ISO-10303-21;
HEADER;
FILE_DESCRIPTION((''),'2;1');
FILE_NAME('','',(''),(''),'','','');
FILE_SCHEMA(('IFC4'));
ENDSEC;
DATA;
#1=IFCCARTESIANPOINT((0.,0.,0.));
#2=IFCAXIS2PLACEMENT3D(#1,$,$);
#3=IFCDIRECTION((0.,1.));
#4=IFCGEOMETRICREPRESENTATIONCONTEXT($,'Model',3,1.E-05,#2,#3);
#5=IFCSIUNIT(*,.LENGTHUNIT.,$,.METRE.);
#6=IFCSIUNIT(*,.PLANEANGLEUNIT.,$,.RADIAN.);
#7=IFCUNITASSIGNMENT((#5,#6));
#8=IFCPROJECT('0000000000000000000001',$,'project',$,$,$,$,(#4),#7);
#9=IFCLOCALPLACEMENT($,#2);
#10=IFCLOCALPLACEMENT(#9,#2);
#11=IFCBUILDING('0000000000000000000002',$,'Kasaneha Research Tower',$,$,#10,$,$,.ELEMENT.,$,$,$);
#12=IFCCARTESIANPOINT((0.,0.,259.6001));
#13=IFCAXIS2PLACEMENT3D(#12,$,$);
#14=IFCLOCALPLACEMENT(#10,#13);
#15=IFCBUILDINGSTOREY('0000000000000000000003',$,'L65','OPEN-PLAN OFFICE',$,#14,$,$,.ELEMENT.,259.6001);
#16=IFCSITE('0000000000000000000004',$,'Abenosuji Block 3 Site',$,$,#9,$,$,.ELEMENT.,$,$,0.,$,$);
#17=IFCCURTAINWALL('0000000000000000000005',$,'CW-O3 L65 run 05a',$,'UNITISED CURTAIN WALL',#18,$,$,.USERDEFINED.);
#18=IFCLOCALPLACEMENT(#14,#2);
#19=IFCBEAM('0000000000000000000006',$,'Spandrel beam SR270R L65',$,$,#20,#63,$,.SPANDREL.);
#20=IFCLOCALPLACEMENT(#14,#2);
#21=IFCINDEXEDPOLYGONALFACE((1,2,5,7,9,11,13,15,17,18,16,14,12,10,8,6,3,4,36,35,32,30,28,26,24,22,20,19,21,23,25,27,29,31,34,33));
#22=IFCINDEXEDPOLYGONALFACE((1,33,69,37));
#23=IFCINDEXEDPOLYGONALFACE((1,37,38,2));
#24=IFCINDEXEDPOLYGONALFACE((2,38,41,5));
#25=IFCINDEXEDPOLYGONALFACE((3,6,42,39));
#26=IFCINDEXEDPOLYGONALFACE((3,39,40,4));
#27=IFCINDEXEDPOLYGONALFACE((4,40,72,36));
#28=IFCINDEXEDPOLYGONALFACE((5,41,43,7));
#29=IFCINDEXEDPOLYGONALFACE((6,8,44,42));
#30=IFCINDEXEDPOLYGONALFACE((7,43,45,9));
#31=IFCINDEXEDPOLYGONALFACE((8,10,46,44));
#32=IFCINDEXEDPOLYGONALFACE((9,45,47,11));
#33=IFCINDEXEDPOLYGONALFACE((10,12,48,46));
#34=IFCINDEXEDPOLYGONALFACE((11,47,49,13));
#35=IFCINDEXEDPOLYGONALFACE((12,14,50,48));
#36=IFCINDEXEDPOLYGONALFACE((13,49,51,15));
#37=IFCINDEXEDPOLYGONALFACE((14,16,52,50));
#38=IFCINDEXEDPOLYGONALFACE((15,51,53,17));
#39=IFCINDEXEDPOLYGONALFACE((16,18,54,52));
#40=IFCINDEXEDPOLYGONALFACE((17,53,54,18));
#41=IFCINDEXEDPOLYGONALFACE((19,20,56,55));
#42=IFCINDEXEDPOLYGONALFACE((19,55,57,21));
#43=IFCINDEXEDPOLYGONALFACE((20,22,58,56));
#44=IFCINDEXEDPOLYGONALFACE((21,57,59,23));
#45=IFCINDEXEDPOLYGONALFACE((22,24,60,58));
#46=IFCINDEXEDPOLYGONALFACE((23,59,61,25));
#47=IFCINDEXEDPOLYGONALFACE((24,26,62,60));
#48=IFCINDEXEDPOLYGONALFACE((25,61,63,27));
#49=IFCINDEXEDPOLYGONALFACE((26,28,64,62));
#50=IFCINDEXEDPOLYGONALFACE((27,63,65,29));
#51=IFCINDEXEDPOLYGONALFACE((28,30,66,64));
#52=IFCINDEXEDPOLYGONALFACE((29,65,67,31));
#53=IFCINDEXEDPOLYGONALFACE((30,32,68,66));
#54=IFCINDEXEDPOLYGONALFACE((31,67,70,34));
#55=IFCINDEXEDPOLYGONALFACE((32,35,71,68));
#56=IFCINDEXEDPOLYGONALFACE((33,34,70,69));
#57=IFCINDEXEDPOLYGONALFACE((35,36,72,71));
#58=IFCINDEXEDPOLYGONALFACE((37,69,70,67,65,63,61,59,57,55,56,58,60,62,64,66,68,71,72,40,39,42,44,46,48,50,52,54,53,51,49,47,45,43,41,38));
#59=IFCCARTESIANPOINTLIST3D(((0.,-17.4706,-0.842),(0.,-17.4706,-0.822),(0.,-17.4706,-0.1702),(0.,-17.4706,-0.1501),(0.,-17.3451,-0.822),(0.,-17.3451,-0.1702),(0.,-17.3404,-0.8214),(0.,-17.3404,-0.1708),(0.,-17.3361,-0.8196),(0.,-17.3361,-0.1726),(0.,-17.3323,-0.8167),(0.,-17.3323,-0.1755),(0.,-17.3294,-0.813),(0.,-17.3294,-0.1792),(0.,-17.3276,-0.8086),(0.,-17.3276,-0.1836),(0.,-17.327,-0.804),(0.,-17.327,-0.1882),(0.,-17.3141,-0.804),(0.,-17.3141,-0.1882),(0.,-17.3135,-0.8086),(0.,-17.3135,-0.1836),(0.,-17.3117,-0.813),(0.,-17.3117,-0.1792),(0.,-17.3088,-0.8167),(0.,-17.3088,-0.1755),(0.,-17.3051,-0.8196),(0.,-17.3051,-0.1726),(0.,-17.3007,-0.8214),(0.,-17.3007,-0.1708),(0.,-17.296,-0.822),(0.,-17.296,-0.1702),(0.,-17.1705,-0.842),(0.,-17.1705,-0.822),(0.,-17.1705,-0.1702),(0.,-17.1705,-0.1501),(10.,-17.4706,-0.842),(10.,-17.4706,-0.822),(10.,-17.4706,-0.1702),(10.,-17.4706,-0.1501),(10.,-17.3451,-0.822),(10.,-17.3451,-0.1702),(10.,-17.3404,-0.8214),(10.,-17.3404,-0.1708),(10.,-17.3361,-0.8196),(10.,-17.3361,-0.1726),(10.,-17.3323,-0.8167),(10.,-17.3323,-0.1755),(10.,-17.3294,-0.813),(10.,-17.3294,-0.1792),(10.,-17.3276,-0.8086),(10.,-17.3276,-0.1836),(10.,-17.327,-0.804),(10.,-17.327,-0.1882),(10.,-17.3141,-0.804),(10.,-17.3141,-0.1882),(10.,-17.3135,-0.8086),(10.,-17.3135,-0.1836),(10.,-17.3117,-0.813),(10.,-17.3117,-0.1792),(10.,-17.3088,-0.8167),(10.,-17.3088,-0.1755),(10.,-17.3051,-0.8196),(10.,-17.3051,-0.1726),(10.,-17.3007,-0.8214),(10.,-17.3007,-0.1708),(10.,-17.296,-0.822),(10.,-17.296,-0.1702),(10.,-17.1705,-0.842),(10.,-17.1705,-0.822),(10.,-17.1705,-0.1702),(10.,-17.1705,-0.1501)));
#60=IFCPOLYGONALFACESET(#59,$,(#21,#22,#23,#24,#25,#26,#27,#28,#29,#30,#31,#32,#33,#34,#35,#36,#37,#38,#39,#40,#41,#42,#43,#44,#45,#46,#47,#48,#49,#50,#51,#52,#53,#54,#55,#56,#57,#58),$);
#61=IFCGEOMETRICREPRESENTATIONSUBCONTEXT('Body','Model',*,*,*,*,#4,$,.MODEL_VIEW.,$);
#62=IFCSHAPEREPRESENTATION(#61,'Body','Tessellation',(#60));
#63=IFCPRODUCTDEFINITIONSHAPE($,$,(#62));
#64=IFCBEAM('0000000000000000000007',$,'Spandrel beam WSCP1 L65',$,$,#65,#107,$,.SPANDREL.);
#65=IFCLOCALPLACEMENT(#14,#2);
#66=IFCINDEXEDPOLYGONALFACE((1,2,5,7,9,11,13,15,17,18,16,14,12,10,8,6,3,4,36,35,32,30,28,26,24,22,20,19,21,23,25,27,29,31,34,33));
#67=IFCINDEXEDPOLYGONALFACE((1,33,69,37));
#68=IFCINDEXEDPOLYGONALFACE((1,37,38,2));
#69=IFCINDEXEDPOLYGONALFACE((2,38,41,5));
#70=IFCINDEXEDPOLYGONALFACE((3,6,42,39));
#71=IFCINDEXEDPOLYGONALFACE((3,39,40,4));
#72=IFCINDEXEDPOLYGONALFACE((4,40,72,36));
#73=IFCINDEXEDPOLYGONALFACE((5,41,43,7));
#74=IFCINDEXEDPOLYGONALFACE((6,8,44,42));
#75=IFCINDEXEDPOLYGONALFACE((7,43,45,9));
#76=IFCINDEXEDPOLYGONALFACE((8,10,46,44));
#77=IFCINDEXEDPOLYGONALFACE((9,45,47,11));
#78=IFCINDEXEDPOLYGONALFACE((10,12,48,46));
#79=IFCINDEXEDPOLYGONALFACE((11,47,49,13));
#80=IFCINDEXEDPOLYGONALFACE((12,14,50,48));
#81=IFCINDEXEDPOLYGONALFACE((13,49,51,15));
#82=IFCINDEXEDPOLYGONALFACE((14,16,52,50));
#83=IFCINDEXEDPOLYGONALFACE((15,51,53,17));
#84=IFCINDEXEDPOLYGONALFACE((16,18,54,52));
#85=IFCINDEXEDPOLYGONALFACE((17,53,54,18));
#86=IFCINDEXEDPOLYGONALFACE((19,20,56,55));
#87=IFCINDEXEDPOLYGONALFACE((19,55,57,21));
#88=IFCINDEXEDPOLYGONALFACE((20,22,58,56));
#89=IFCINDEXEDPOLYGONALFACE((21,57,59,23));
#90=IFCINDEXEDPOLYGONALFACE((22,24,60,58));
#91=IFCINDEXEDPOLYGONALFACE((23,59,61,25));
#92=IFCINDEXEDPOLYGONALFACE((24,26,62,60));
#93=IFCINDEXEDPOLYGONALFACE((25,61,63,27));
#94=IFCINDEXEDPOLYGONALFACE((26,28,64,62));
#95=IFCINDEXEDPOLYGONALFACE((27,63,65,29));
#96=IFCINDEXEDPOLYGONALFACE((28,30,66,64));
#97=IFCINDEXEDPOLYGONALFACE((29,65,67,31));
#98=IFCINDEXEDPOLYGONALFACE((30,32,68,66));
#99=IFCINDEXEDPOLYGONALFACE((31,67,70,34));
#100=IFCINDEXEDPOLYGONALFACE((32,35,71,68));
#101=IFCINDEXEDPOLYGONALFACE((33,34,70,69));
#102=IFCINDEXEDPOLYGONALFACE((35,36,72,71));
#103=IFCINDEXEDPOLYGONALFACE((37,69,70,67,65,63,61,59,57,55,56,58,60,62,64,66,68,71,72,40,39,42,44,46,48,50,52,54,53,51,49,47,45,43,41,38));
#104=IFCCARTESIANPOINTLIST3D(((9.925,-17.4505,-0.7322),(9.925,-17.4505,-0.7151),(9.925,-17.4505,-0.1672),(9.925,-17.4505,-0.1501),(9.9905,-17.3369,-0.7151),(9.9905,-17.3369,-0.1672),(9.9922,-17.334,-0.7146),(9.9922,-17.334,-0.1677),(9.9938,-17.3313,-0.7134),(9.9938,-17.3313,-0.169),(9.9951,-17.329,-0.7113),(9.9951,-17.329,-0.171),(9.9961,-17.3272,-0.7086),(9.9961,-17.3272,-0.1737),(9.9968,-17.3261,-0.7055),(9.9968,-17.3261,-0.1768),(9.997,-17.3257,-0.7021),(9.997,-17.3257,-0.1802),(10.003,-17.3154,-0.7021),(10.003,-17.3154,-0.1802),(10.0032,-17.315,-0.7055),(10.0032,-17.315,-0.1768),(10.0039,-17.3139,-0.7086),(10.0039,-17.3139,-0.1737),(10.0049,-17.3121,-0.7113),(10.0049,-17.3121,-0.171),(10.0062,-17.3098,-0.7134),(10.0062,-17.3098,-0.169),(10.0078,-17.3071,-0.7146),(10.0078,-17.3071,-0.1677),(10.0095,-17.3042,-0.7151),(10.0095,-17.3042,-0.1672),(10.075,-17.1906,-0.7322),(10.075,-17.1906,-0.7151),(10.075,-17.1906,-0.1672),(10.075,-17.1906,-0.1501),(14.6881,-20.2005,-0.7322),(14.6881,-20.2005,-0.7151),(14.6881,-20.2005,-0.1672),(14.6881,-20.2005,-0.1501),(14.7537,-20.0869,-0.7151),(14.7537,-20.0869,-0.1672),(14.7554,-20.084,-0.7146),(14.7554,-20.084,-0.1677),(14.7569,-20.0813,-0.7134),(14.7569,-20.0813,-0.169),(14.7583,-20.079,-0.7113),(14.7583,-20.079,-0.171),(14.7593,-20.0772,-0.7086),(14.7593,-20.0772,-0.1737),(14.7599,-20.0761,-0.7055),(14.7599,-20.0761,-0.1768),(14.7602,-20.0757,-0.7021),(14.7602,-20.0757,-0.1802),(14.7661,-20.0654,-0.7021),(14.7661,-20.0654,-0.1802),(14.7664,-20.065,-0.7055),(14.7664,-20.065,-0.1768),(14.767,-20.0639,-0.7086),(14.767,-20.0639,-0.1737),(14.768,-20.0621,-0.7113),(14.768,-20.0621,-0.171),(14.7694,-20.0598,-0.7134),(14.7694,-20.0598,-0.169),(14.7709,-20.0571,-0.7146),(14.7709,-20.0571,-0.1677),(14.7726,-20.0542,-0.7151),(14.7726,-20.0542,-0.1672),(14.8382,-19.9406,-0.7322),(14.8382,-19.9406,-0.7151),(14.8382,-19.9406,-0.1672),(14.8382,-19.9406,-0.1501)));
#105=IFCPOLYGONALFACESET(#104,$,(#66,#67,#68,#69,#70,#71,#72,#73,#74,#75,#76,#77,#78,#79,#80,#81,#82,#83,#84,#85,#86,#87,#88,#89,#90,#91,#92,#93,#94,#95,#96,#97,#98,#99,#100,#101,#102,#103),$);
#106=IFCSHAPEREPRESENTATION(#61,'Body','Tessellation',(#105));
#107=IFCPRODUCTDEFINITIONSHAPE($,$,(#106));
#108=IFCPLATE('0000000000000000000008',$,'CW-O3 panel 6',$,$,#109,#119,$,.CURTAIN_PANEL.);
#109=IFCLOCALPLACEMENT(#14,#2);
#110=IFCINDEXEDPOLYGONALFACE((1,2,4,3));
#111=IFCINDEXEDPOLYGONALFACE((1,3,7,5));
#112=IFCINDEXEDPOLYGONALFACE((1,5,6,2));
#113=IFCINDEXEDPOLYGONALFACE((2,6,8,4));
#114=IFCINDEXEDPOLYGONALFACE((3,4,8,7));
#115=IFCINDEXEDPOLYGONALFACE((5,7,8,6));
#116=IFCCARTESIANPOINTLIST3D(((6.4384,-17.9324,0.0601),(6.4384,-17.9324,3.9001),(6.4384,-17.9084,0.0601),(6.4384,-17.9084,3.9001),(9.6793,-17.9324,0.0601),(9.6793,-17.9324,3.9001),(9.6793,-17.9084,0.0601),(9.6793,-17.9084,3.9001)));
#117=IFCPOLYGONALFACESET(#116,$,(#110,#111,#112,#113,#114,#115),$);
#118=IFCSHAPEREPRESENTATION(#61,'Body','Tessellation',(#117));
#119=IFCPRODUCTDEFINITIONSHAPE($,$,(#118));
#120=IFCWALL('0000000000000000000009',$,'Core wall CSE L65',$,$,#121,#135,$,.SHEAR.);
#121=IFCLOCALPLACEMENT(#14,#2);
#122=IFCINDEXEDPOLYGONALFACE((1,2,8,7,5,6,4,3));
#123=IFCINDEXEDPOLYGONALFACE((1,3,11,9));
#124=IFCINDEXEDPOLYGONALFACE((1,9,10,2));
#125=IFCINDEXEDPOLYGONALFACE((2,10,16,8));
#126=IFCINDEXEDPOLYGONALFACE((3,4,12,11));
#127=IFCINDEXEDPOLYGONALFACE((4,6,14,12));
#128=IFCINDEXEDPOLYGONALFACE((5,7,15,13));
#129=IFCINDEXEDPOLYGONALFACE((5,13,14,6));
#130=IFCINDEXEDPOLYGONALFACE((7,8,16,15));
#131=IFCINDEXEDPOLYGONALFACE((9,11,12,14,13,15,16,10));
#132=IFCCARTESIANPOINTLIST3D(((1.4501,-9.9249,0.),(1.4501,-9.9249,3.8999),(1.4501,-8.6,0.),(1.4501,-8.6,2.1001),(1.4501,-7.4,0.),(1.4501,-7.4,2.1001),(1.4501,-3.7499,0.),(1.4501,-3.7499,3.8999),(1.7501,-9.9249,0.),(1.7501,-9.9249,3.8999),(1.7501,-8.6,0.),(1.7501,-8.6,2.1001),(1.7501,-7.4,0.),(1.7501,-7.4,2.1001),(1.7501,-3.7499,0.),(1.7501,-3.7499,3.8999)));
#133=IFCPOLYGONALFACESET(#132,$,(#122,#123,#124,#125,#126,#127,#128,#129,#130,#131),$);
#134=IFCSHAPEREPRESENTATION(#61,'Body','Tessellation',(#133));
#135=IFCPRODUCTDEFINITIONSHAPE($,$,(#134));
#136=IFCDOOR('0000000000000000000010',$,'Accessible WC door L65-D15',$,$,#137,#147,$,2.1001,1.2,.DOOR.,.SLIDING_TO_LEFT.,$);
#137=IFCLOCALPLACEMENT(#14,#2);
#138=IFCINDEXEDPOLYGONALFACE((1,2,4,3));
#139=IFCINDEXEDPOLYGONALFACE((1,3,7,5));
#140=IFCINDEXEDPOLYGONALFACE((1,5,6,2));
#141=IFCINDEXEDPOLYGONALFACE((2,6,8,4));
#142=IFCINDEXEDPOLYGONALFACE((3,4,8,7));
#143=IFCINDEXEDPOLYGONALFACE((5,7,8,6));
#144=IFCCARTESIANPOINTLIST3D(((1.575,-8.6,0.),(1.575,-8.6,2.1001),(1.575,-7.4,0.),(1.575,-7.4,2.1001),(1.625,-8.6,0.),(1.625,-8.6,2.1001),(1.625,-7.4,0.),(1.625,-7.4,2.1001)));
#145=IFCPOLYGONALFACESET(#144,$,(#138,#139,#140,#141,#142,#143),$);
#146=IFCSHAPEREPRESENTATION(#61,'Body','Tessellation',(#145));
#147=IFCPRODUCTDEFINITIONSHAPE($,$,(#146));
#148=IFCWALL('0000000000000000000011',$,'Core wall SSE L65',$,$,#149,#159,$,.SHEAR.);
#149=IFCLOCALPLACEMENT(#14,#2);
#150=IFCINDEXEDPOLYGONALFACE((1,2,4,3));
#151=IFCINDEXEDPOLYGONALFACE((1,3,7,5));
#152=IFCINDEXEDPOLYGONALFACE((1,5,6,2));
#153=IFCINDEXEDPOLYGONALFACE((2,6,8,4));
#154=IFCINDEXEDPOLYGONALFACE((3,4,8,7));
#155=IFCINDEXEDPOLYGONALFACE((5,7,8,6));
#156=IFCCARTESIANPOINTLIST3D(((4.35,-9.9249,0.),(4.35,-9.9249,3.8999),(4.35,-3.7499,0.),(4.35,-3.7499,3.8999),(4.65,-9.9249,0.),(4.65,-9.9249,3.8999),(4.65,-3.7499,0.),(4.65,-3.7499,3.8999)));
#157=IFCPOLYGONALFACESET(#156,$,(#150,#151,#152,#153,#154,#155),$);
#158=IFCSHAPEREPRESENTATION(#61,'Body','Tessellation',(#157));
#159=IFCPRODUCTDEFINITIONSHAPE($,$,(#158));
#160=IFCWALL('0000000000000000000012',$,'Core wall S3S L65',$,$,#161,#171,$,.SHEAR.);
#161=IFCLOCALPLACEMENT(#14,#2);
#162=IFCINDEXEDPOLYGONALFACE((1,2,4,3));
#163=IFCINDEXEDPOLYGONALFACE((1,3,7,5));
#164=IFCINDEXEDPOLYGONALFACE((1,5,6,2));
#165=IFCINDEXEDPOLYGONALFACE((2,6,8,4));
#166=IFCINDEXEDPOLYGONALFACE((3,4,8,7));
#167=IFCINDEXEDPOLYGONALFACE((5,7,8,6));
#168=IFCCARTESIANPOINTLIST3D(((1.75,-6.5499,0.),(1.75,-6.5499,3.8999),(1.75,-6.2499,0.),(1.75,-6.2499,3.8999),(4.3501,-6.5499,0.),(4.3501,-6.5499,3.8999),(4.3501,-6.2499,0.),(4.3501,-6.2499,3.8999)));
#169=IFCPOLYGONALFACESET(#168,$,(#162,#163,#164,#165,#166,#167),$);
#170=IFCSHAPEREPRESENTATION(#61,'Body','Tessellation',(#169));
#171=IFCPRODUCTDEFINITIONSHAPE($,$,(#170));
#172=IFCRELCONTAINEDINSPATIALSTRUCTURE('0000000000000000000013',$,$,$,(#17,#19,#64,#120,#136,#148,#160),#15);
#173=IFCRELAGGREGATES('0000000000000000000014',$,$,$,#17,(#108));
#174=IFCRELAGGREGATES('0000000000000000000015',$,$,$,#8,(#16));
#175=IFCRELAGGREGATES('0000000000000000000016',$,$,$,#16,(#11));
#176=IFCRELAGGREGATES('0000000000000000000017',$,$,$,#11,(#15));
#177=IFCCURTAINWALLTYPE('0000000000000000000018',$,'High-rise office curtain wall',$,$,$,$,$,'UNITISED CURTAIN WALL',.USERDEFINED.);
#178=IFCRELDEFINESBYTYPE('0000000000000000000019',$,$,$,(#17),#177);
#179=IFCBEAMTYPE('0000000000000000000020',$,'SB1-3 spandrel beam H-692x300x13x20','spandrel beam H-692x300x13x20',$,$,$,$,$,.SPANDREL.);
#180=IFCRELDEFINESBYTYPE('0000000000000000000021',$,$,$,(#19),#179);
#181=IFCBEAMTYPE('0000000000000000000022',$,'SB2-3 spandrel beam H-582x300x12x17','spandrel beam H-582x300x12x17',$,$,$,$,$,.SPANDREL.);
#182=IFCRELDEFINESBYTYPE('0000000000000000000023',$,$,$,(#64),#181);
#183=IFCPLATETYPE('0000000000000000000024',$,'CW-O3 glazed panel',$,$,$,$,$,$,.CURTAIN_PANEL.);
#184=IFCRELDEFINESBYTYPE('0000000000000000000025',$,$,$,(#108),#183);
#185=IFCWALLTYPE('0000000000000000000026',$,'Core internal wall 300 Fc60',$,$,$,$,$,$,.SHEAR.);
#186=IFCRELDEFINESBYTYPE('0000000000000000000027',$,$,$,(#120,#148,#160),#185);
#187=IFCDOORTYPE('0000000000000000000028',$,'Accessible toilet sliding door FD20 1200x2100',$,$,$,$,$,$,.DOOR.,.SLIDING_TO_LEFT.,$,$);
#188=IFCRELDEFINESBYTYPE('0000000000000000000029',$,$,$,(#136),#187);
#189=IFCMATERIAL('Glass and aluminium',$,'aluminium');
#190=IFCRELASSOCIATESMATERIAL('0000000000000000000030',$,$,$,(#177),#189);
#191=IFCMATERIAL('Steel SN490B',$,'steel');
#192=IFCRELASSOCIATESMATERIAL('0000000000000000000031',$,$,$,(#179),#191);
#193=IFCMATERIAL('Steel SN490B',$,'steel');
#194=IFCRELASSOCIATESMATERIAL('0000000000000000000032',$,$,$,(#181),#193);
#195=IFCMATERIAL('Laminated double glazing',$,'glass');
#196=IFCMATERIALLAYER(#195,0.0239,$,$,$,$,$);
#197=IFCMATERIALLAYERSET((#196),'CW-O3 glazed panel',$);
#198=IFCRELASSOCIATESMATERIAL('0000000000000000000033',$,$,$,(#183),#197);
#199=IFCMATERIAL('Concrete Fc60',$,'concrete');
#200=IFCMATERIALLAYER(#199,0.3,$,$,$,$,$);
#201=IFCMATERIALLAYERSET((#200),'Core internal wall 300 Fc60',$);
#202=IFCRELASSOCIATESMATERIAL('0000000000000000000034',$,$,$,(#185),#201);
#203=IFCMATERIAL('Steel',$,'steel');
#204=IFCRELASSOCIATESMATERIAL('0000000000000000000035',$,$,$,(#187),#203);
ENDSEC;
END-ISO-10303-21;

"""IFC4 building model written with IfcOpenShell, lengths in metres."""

from ifc_helpers import new_model, si_unit, direction, frame, frame_2d, origin, origin_2d, place, context, subcontext, project, spatial, rectangle, i_section, extrude, material, layer, layer_set, material_profile, profile_set, type_object, element, fill, aggregate, save


model = new_model("IFC4")

# Units and contexts
model_context = context("Model", 3, precision=1e-05, world=origin(), true_north=direction((0.0, 1.0)))
body_context = subcontext(model_context, "Body", "Model", "MODEL_VIEW")
ifc_project = project(units=[si_unit("LENGTHUNIT", "METRE"), si_unit("PLANEANGLEUNIT", "RADIAN")], contexts=[model_context])

# Site, building, storey
site_placement = place(None, origin())
site = spatial("IfcSite", under=ifc_project, at=site_placement, Name="Abenosuji Block 3 Site", CompositionType="ELEMENT", RefElevation=0.0)
building_placement = place(site_placement, origin())
building = spatial("IfcBuilding", under=site, at=building_placement, Name="Kasaneha Research Tower", CompositionType="ELEMENT")
storey_placement = place(building_placement, frame((0.0, 0.0, 259.6001)))
storey = spatial("IfcBuildingStorey", under=building, at=storey_placement, Name="L65", Description="OPEN-PLAN OFFICE", CompositionType="ELEMENT", Elevation=259.6001)

# Curtain wall
ifc_material_1 = material(Name="Glass and aluminium", Category="aluminium")
curtain_wall_type = type_object("IfcCurtainWallType", Name="High-rise office curtain wall", ElementType="UNITISED CURTAIN WALL", PredefinedType="USERDEFINED", material=ifc_material_1)
curtain_wall_placement = place(storey_placement, origin())
curtain_wall = element("IfcCurtainWall", 1, at=curtain_wall_placement, inside=storey, type_object=curtain_wall_type, Name="CW-O3 L65 run 05a", ObjectType="UNITISED CURTAIN WALL", PredefinedType="USERDEFINED")

# Beams
ifc_material_2 = material(Name="Steel SN490B", Category="steel")
ifc_material_profile_1 = material_profile(ifc_material_2, i_section(OverallWidth=0.3, OverallDepth=0.6919, WebThickness=0.0129, FlangeThickness=0.02, FilletRadius=0.0181, at=origin_2d()), Name="H-692x300x13x20")
ifc_profile_set_1 = profile_set([ifc_material_profile_1], Name="Steel SN490B")
beam_type_1 = type_object("IfcBeamType", Name="SB1-3 spandrel beam H-692x300x13x20", Description="spandrel beam H-692x300x13x20", PredefinedType="SPANDREL", material=ifc_profile_set_1)
beam_1_placement = place(storey_placement, frame((10.0, -17.3206, -0.4961), z_axis=(-1.0, 0.0, 0.0), x_axis=(0.0, -1.0, 0.0)))
element("IfcBeam", 2, at=beam_1_placement, inside=storey, type_object=beam_type_1, Name="Spandrel beam SR270R L65", PredefinedType="SPANDREL", context=body_context, shape_type="SweptSolid", body=[
    extrude(i_section(OverallWidth=0.3, OverallDepth=0.6919, WebThickness=0.0129, FlangeThickness=0.02, FilletRadius=0.0181, at=origin_2d()), origin(), (0.0, 0.0, 1.0), 10.0),
])
ifc_material_3 = material(Name="Steel SN490B", Category="steel")
ifc_material_profile_2 = material_profile(ifc_material_3, i_section(OverallWidth=0.3, OverallDepth=0.582, WebThickness=0.012, FlangeThickness=0.0171, FilletRadius=0.0129, at=origin_2d()), Name="H-582x300x12x17")
ifc_profile_set_2 = profile_set([ifc_material_profile_2], Name="Steel SN490B")
beam_type_2 = type_object("IfcBeamType", Name="SB2-3 spandrel beam H-582x300x12x17", Description="spandrel beam H-582x300x12x17", PredefinedType="SPANDREL", material=ifc_profile_set_2)
beam_2_placement = place(storey_placement, frame((10.0, -17.3206, -0.4412), z_axis=(0.866027, -0.499997, 0.0), x_axis=(0.499997, 0.866027, 0.0)))
element("IfcBeam", 3, at=beam_2_placement, inside=storey, type_object=beam_type_2, Name="Spandrel beam WSCP1 L65", PredefinedType="SPANDREL", context=body_context, shape_type="SweptSolid", body=[
    extrude(i_section(OverallWidth=0.3, OverallDepth=0.582, WebThickness=0.012, FlangeThickness=0.0171, FilletRadius=0.0129, at=origin_2d()), origin(), (0.0, 0.0, 1.0), 5.5),
])

# Plate
ifc_material_4 = material(Name="Laminated double glazing", Category="glass")
ifc_layer_1 = layer(ifc_material_4, 0.0239)
ifc_layer_set_1 = layer_set([ifc_layer_1], Name="CW-O3 glazed panel")
plate_type = type_object("IfcPlateType", Name="CW-O3 glazed panel", PredefinedType="CURTAIN_PANEL", material=ifc_layer_set_1)
plate_placement = place(storey_placement, frame((8.0588, -17.9204, 0.0601), z_axis=(0.0, 0.0, 1.0), x_axis=(1.0, 0.0, 0.0)))
plate = element("IfcPlate", 4, at=plate_placement, type_object=plate_type, Name="CW-O3 panel 6", PredefinedType="CURTAIN_PANEL", context=body_context, shape_type="SweptSolid", body=[
    extrude(rectangle(XDim=3.241, YDim=0.0239, at=origin_2d()), origin(), (0.0, 0.0, 1.0), 3.8401),
])
aggregate(curtain_wall, [plate])

# Wall, opening, door
ifc_material_5 = material(Name="Concrete Fc60", Category="concrete")
ifc_layer_2 = layer(ifc_material_5, 0.3)
ifc_layer_set_2 = layer_set([ifc_layer_2], Name="Core internal wall 300 Fc60")
wall_type_1 = type_object("IfcWallType", Name="Core internal wall 300 Fc60", PredefinedType="SHEAR", material=ifc_layer_set_2)
wall_1_placement = place(storey_placement, frame((1.6001, -3.75, 0.0), z_axis=(0.0, 0.0, 1.0), x_axis=(0.0, -1.0, 0.0)))
wall_1 = element("IfcWall", 5, at=wall_1_placement, inside=storey, type_object=wall_type_1, Name="Core wall CSE L65", PredefinedType="SHEAR", context=body_context, shape_type="SweptSolid", body=[
    extrude(rectangle(XDim=6.175, YDim=0.3, at=frame_2d((3.0874, 0.0))), origin(), (0.0, 0.0, 1.0), 3.8999),
])
opening_1_placement = place(wall_1_placement, frame((3.6499, 0.0, 0.0)))
opening_1 = element("IfcOpeningElement", 6, at=opening_1_placement, cuts=wall_1, PredefinedType="OPENING", context=body_context, shape_type="SweptSolid", body=[
    extrude(rectangle(XDim=1.2, YDim=2.1001, at=frame_2d((0.6001, 1.05))), frame((0.0, 0.1602, 0.0), z_axis=(0.0, -1.0, 0.0), x_axis=(1.0, 0.0, 0.0)), (0.0, 0.0, 1.0), 0.3201),
])
ifc_material_6 = material(Name="Steel", Category="steel")
door_type_1 = type_object("IfcDoorType", Name="Accessible toilet sliding door FD20 1200x2100", OperationType="SLIDING_TO_LEFT", PredefinedType="DOOR", material=ifc_material_6)
door_1_placement = place(opening_1_placement, origin())
door_1 = element("IfcDoor", 7, at=door_1_placement, inside=storey, type_object=door_type_1, Name="Accessible WC door L65-D15", OperationType="SLIDING_TO_LEFT", OverallHeight=2.1001, OverallWidth=1.2, PredefinedType="DOOR", context=body_context, shape_type="SweptSolid", body=[
    extrude(rectangle(XDim=1.2, YDim=2.1001, at=frame_2d((0.6001, 1.05))), frame((0.0, 0.0249, 0.0), z_axis=(0.0, -1.0, 0.0), x_axis=(1.0, 0.0, 0.0)), (0.0, 0.0, 1.0), 0.05),
])
fill(opening_1, door_1)

# Walls
wall_2_placement = place(storey_placement, frame((4.5, -3.75, 0.0), z_axis=(0.0, 0.0, 1.0), x_axis=(0.0, -1.0, 0.0)))
element("IfcWall", 8, at=wall_2_placement, inside=storey, type_object=wall_type_1, Name="Core wall SSE L65", PredefinedType="SHEAR", context=body_context, shape_type="SweptSolid", body=[
    extrude(rectangle(XDim=6.175, YDim=0.3, at=frame_2d((3.0874, 0.0))), origin(), (0.0, 0.0, 1.0), 3.8999),
])
wall_3_placement = place(storey_placement, frame((1.75, -6.3999, 0.0), z_axis=(0.0, 0.0, 1.0), x_axis=(1.0, 0.0, 0.0)))
element("IfcWall", 9, at=wall_3_placement, inside=storey, type_object=wall_type_1, Name="Core wall S3S L65", PredefinedType="SHEAR", context=body_context, shape_type="SweptSolid", body=[
    extrude(rectangle(XDim=2.6001, YDim=0.3, at=frame_2d((1.3, 0.0))), origin(), (0.0, 0.0, 1.0), 3.8999),
])

save(model, "model.ifc")
